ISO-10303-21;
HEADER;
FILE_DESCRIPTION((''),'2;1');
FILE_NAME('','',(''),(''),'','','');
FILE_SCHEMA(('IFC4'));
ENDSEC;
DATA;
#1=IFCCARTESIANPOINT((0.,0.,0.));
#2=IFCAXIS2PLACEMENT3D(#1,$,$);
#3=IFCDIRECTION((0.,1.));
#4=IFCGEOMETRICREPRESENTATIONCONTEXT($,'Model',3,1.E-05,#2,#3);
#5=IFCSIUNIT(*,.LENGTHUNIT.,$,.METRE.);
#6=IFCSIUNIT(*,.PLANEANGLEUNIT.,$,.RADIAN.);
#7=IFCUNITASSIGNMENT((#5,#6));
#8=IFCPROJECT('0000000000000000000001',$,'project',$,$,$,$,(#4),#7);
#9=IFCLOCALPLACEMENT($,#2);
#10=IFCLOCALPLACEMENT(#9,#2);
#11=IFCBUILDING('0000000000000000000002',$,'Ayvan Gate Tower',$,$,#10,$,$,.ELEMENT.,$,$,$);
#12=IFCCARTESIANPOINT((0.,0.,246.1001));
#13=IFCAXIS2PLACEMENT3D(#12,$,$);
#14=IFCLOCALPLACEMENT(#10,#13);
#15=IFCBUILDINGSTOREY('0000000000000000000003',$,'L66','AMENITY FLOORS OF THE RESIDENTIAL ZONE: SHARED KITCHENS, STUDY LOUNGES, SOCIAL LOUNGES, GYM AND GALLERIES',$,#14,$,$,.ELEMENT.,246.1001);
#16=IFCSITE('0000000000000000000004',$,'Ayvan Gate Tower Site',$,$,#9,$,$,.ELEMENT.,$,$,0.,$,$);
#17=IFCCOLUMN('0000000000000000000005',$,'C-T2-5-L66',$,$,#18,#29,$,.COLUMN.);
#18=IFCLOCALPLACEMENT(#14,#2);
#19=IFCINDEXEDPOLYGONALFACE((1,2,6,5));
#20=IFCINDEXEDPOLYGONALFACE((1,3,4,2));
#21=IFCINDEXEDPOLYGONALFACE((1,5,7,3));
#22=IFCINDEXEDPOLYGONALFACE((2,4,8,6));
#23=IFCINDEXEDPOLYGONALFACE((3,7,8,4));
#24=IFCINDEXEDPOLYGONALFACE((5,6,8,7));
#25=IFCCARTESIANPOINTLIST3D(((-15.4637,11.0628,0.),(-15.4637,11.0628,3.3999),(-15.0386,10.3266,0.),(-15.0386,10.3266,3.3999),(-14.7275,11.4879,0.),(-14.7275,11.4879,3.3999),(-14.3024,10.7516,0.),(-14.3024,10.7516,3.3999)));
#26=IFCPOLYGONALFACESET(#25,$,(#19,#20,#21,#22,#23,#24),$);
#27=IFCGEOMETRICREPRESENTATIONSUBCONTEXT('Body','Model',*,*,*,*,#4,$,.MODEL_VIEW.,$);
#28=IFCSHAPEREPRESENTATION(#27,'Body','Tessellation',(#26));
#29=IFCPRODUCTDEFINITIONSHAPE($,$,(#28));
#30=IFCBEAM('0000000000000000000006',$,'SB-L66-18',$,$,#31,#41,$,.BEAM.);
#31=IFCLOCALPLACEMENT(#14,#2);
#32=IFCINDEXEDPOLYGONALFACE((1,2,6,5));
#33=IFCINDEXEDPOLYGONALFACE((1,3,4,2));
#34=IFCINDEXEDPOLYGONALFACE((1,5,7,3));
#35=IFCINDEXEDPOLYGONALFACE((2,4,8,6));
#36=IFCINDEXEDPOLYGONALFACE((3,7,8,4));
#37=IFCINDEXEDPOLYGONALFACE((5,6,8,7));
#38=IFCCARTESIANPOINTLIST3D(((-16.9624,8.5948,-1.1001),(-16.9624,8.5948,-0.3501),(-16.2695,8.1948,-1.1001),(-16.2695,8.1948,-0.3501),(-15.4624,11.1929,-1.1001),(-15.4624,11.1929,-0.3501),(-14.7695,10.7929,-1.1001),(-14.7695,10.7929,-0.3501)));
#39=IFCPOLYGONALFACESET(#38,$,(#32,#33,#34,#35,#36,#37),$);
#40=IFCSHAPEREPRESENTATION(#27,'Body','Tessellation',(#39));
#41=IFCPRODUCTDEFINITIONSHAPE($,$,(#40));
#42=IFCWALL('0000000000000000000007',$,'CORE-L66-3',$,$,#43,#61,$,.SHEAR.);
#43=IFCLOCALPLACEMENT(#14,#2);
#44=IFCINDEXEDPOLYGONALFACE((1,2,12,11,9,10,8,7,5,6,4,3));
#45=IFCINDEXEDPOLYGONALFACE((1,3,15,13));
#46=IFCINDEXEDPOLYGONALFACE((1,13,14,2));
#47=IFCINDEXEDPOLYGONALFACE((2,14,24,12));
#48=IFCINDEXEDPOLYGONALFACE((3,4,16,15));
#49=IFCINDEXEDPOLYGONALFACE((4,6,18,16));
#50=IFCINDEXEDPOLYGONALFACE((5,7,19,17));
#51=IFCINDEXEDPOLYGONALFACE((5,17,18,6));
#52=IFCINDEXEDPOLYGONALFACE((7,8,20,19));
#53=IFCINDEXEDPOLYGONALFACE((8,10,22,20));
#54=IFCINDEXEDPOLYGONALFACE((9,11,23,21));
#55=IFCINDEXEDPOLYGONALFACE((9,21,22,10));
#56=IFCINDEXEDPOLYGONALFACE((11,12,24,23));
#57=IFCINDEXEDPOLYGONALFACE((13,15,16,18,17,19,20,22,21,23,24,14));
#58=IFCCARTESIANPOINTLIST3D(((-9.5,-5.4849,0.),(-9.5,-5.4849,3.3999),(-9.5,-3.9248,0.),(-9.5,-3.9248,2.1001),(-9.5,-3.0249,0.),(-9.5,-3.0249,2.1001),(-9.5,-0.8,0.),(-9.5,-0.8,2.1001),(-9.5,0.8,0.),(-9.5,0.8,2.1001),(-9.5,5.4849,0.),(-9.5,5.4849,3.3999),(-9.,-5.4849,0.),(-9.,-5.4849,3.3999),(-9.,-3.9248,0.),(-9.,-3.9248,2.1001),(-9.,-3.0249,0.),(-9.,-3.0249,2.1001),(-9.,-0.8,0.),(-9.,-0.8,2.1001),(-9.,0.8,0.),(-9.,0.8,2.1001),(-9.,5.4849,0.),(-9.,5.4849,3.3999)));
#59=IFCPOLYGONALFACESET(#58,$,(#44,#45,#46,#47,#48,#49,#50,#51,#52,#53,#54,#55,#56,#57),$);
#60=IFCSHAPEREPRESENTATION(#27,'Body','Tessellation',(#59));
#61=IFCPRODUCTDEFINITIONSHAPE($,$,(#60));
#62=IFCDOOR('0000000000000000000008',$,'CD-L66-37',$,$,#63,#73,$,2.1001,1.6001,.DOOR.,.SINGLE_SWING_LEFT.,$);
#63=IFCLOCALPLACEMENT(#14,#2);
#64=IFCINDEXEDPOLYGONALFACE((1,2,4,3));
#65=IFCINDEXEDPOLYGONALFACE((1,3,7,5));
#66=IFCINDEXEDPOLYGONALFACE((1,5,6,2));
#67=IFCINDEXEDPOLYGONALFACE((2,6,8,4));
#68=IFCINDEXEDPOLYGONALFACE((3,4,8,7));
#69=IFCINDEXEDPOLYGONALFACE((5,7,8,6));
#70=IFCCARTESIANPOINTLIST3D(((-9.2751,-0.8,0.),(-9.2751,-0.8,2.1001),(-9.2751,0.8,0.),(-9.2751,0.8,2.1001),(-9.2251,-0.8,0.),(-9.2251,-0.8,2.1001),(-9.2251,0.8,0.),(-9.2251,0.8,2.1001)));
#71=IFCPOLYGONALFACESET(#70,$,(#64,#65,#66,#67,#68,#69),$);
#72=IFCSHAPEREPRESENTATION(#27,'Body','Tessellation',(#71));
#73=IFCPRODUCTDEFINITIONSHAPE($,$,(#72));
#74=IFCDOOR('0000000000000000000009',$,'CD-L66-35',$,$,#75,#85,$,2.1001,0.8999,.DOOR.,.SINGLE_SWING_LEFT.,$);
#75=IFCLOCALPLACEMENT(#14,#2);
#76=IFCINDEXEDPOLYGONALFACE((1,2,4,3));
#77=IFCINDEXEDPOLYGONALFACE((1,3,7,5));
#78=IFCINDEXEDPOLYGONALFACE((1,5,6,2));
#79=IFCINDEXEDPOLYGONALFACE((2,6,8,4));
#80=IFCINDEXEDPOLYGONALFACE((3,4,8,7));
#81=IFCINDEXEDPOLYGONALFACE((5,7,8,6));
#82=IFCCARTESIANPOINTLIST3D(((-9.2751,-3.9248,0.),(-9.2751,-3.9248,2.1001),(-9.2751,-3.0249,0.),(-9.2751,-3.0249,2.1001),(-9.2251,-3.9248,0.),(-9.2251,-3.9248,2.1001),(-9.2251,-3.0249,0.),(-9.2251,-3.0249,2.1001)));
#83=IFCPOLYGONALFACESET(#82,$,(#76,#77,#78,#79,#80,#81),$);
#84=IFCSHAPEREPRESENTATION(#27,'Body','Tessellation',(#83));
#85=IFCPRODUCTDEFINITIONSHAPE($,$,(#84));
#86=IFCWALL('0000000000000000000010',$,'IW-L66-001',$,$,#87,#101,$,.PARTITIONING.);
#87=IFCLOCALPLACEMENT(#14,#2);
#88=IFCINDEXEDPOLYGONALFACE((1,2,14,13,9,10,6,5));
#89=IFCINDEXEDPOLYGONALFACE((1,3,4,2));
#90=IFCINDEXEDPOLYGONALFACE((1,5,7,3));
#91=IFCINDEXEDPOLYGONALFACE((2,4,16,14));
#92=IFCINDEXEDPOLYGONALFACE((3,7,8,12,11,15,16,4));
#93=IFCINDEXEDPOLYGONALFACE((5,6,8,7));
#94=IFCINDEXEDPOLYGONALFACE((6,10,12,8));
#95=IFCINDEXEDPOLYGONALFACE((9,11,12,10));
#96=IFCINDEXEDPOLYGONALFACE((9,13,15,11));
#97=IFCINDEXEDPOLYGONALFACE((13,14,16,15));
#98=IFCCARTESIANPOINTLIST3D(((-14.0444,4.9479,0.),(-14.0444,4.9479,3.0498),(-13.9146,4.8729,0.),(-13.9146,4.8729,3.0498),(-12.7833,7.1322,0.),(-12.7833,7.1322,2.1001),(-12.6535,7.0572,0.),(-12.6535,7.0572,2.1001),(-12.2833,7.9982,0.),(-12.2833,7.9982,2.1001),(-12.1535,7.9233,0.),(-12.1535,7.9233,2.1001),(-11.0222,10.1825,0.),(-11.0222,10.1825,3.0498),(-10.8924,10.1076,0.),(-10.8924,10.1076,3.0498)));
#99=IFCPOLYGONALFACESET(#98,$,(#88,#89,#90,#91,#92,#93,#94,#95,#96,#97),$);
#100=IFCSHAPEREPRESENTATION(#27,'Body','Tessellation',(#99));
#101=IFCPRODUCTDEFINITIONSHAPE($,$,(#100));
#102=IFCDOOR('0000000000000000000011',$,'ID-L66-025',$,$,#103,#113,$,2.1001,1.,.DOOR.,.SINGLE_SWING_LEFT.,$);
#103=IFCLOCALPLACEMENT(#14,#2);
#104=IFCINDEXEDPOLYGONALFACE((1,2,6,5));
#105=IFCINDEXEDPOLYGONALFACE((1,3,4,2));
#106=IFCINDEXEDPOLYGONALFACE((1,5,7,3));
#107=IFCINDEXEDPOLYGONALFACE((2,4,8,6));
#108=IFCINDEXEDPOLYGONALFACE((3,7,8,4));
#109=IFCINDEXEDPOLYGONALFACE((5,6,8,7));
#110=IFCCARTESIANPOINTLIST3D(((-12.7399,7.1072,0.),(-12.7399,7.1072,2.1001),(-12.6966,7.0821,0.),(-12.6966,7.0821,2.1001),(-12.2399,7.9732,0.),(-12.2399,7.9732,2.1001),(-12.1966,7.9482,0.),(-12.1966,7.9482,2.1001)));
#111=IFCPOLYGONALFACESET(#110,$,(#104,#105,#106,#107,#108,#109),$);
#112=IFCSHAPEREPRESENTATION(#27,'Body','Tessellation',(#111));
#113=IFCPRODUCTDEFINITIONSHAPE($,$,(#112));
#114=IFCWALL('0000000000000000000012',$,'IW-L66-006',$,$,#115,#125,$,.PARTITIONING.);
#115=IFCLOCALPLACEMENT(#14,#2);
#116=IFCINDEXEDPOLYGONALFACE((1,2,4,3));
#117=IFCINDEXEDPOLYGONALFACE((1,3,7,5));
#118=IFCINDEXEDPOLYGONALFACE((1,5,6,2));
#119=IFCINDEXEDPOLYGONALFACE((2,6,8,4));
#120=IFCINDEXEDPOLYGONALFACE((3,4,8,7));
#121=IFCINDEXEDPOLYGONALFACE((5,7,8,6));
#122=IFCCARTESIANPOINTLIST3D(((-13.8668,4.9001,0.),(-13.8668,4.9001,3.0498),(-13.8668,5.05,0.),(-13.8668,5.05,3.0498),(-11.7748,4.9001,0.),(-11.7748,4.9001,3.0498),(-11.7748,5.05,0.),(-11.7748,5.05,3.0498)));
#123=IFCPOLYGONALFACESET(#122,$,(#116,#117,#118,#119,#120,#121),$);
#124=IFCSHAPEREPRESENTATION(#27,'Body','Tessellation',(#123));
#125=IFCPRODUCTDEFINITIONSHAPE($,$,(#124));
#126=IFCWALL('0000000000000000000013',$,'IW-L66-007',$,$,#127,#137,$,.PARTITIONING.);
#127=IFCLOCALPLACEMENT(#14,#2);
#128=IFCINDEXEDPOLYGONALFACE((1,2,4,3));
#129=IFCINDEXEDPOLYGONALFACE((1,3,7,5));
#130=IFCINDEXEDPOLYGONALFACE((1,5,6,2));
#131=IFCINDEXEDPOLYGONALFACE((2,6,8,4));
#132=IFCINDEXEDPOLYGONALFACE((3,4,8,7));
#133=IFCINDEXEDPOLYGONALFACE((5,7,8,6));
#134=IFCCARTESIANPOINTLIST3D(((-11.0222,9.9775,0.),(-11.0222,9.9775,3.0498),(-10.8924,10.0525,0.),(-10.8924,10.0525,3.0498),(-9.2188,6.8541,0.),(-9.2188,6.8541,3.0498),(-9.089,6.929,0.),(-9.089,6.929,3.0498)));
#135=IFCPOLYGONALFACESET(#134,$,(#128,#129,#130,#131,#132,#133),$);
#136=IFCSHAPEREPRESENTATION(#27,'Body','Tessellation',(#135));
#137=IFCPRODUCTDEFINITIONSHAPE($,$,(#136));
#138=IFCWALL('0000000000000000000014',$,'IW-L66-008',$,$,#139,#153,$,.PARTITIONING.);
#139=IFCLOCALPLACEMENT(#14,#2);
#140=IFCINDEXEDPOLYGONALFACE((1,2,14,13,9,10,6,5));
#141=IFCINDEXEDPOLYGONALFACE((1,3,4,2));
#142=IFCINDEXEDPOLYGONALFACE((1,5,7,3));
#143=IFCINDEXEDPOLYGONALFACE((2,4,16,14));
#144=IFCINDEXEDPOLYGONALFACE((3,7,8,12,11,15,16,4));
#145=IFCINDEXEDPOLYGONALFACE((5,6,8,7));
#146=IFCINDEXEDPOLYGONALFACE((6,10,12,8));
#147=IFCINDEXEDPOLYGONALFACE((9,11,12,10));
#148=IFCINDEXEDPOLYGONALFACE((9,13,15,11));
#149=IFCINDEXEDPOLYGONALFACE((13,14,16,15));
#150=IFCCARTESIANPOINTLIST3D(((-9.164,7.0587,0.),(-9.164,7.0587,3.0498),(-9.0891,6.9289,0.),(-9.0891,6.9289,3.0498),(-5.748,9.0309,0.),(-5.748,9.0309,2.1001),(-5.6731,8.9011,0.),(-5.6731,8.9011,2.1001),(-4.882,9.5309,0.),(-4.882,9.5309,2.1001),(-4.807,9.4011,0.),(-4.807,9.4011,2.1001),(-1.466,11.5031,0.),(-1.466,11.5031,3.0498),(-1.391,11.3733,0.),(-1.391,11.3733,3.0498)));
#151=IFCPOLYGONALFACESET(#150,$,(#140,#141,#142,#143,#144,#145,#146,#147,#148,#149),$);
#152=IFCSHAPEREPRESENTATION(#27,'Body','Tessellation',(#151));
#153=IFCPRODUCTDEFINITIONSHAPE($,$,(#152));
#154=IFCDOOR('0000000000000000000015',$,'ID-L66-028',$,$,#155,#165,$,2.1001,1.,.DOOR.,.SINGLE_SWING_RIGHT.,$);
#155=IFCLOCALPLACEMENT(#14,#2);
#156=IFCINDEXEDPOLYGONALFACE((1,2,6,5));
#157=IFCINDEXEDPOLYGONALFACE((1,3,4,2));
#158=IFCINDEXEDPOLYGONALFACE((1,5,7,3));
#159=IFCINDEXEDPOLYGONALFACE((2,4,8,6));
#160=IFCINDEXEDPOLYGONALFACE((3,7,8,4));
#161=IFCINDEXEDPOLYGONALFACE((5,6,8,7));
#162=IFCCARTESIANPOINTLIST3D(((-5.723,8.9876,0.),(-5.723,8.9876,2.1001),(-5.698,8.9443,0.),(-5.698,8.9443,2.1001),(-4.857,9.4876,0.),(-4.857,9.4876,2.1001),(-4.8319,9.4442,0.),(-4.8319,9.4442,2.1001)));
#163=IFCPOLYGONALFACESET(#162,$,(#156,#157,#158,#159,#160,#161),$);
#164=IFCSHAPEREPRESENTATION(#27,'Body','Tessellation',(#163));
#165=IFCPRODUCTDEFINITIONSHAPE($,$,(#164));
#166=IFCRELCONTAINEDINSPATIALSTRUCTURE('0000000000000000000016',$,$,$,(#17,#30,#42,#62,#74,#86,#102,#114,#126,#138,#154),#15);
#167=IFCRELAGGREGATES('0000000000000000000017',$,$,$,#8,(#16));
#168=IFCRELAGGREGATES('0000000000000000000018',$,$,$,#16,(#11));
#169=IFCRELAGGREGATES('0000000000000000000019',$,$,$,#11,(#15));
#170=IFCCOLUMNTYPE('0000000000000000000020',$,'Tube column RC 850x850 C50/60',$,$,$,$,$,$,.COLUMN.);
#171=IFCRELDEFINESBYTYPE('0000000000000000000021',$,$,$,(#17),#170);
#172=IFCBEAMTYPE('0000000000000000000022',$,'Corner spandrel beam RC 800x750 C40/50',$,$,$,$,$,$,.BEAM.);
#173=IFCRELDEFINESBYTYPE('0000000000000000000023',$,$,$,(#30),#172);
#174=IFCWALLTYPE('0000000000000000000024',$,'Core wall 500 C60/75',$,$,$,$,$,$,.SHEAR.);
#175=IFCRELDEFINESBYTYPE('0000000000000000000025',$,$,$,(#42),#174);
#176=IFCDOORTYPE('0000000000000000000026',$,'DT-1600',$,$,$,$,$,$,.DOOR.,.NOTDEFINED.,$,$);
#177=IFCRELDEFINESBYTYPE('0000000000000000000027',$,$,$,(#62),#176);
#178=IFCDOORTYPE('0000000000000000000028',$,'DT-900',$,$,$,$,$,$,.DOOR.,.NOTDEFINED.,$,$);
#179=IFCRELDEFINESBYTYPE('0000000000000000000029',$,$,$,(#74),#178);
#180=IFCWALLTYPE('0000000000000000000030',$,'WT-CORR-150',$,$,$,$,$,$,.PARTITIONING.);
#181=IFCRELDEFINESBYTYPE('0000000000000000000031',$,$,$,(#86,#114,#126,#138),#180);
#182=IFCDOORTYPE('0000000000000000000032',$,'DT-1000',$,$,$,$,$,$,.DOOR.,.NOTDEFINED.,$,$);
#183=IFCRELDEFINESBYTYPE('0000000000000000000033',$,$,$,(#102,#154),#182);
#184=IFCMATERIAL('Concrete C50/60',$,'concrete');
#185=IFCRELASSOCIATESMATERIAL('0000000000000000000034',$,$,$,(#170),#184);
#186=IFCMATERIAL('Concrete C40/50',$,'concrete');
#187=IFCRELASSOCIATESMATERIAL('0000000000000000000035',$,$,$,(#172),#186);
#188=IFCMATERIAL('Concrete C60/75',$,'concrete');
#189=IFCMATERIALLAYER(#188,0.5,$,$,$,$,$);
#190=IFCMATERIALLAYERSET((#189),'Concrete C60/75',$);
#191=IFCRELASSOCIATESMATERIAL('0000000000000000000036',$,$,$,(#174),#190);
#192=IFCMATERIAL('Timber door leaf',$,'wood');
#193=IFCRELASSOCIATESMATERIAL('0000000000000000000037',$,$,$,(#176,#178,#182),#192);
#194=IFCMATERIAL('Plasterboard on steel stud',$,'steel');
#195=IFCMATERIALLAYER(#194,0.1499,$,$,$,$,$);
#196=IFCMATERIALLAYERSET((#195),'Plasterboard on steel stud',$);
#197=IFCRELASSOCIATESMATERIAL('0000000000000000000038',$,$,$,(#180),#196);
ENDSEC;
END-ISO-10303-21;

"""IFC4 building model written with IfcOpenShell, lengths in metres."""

from ifc_helpers import new_model, si_unit, direction, frame, frame_2d, origin, origin_2d, place, context, subcontext, project, spatial, rectangle, extrude, material, layer, layer_set, material_profile, profile_set, type_object, element, fill, save


model = new_model("IFC4")

# Units and contexts
model_context = context("Model", 3, precision=1e-05, world=origin(), true_north=direction((0.0, 1.0)))
body_context = subcontext(model_context, "Body", "Model", "MODEL_VIEW")
ifc_project = project(units=[si_unit("LENGTHUNIT", "METRE"), si_unit("PLANEANGLEUNIT", "RADIAN")], contexts=[model_context])

# Site, building, storey
site_placement = place(None, origin())
site = spatial("IfcSite", under=ifc_project, at=site_placement, Name="Ayvan Gate Tower Site", CompositionType="ELEMENT", RefElevation=0.0)
building_placement = place(site_placement, origin())
building = spatial("IfcBuilding", under=site, at=building_placement, Name="Ayvan Gate Tower", CompositionType="ELEMENT")
storey_placement = place(building_placement, frame((0.0, 0.0, 246.1001)))
storey = spatial("IfcBuildingStorey", under=building, at=storey_placement, Name="L66", Description="AMENITY FLOORS OF THE RESIDENTIAL ZONE: SHARED KITCHENS, STUDY LOUNGES, SOCIAL LOUNGES, GYM AND GALLERIES", CompositionType="ELEMENT", Elevation=246.1001)

# Column
ifc_material_1 = material(Name="Concrete C50/60", Category="concrete")
ifc_material_profile_1 = material_profile(ifc_material_1, rectangle(XDim=0.8501, YDim=0.8501, at=origin_2d()), Name="RC 850x850")
ifc_profile_set_1 = profile_set([ifc_material_profile_1], Name="Concrete C50/60")
column_type = type_object("IfcColumnType", Name="Tube column RC 850x850 C50/60", PredefinedType="COLUMN", material=ifc_profile_set_1)
column_placement = place(storey_placement, frame((-14.8831, 10.9072, 0.0), z_axis=(0.0, 0.0, 1.0), x_axis=(-0.5, 0.866025, 0.0)))
element("IfcColumn", 1, at=column_placement, inside=storey, type_object=column_type, Name="C-T2-5-L66", PredefinedType="COLUMN", context=body_context, shape_type="SweptSolid", body=[
    extrude(rectangle(XDim=0.8501, YDim=0.8501, at=origin_2d()), origin(), (0.0, 0.0, 1.0), 3.3999),
])

# Beam
ifc_material_2 = material(Name="Concrete C40/50", Category="concrete")
ifc_material_profile_2 = material_profile(ifc_material_2, rectangle(XDim=0.8, YDim=0.75, at=origin_2d()), Name="RC 800x750")
ifc_profile_set_2 = profile_set([ifc_material_profile_2], Name="Concrete C40/50")
beam_type = type_object("IfcBeamType", Name="Corner spandrel beam RC 800x750 C40/50", PredefinedType="BEAM", material=ifc_profile_set_2)
beam_placement = place(storey_placement, frame((-15.116, 10.9929, -0.7251), z_axis=(-0.49999, -0.866031, 0.0), x_axis=(0.866031, -0.49999, 0.0)))
element("IfcBeam", 2, at=beam_placement, inside=storey, type_object=beam_type, Name="SB-L66-18", PredefinedType="BEAM", context=body_context, shape_type="SweptSolid", body=[
    extrude(rectangle(XDim=0.8, YDim=0.75, at=origin_2d()), origin(), (0.0, 0.0, 1.0), 3.0),
])

# Wall, openings, doors
ifc_material_3 = material(Name="Concrete C60/75", Category="concrete")
ifc_layer_1 = layer(ifc_material_3, 0.5)
ifc_layer_set_1 = layer_set([ifc_layer_1], Name="Concrete C60/75")
wall_type_1 = type_object("IfcWallType", Name="Core wall 500 C60/75", PredefinedType="SHEAR", material=ifc_layer_set_1)
wall_1_placement = place(storey_placement, frame((-9.25, 5.4849, 0.0), z_axis=(0.0, 0.0, 1.0), x_axis=(0.0, -1.0, 0.0)))
wall_1 = element("IfcWall", 3, at=wall_1_placement, inside=storey, type_object=wall_type_1, Name="CORE-L66-3", PredefinedType="SHEAR", context=body_context, shape_type="SweptSolid", body=[
    extrude(rectangle(XDim=10.9697, YDim=0.5, at=frame_2d((5.4849, 0.0))), origin(), (0.0, 0.0, 1.0), 3.3999),
])
opening_1_placement = place(wall_1_placement, frame((8.5098, 0.0, 0.0)))
opening_1 = element("IfcOpeningElement", 4, at=opening_1_placement, cuts=wall_1, PredefinedType="OPENING", context=body_context, shape_type="SweptSolid", body=[
    extrude(rectangle(XDim=0.8999, YDim=2.1001, at=frame_2d((0.45, 1.05))), frame((0.0, 0.26, 0.0), z_axis=(0.0, -1.0, 0.0), x_axis=(1.0, 0.0, 0.0)), (0.0, 0.0, 1.0), 0.52),
])
opening_2_placement = place(wall_1_placement, frame((4.6848, 0.0, 0.0)))
opening_2 = element("IfcOpeningElement", 5, at=opening_2_placement, cuts=wall_1, PredefinedType="OPENING", context=body_context, shape_type="SweptSolid", body=[
    extrude(rectangle(XDim=1.6001, YDim=2.1001, at=frame_2d((0.8, 1.05))), frame((0.0, 0.26, 0.0), z_axis=(0.0, -1.0, 0.0), x_axis=(1.0, 0.0, 0.0)), (0.0, 0.0, 1.0), 0.52),
])
ifc_material_4 = material(Name="Timber door leaf", Category="wood")
door_type_1 = type_object("IfcDoorType", Name="DT-1600", OperationType="NOTDEFINED", PredefinedType="DOOR", material=ifc_material_4)
door_1_placement = place(opening_2_placement, origin())
door_1 = element("IfcDoor", 6, at=door_1_placement, inside=storey, type_object=door_type_1, Name="CD-L66-37", OperationType="SINGLE_SWING_LEFT", OverallHeight=2.1001, OverallWidth=1.6001, PredefinedType="DOOR", context=body_context, shape_type="SweptSolid", body=[
    extrude(rectangle(XDim=1.6001, YDim=2.1001, at=frame_2d((0.8, 1.05))), frame((0.0, 0.0249, 0.0), z_axis=(0.0, -1.0, 0.0), x_axis=(1.0, 0.0, 0.0)), (0.0, 0.0, 1.0), 0.05),
])
fill(opening_2, door_1)
door_type_2 = type_object("IfcDoorType", Name="DT-900", OperationType="NOTDEFINED", PredefinedType="DOOR", material=ifc_material_4)
door_2_placement = place(opening_1_placement, origin())
door_2 = element("IfcDoor", 7, at=door_2_placement, inside=storey, type_object=door_type_2, Name="CD-L66-35", OperationType="SINGLE_SWING_LEFT", OverallHeight=2.1001, OverallWidth=0.8999, PredefinedType="DOOR", context=body_context, shape_type="SweptSolid", body=[
    extrude(rectangle(XDim=0.8999, YDim=2.1001, at=frame_2d((0.45, 1.05))), frame((0.0, 0.0249, 0.0), z_axis=(0.0, -1.0, 0.0), x_axis=(1.0, 0.0, 0.0)), (0.0, 0.0, 1.0), 0.05),
])
fill(opening_1, door_2)

# Wall, opening, door
ifc_material_5 = material(Name="Plasterboard on steel stud", Category="steel")
ifc_layer_2 = layer(ifc_material_5, 0.1499)
ifc_layer_set_2 = layer_set([ifc_layer_2], Name="Plasterboard on steel stud")
wall_type_2 = type_object("IfcWallType", Name="WT-CORR-150", PredefinedType="PARTITIONING", material=ifc_layer_set_2)
wall_2_placement = place(storey_placement, frame((-13.9795, 4.9104, 0.0), z_axis=(0.0, 0.0, 1.0), x_axis=(0.500001, 0.866025, 0.0)))
wall_2 = element("IfcWall", 8, at=wall_2_placement, inside=storey, type_object=wall_type_2, Name="IW-L66-001", PredefinedType="PARTITIONING", context=body_context, shape_type="SweptSolid", body=[
    extrude(rectangle(XDim=6.0444, YDim=0.1499, at=frame_2d((3.0222, 0.0))), origin(), (0.0, 0.0, 1.0), 3.0498),
])
opening_3_placement = place(wall_2_placement, frame((2.5222, 0.0, 0.0)))
opening_3 = element("IfcOpeningElement", 9, at=opening_3_placement, cuts=wall_2, PredefinedType="OPENING", context=body_context, shape_type="SweptSolid", body=[
    extrude(rectangle(XDim=1.0, YDim=2.1001, at=frame_2d((0.5, 1.05))), frame((0.0, 0.085, 0.0), z_axis=(0.0, -1.0, 0.0), x_axis=(1.0, 0.0, 0.0)), (0.0, 0.0, 1.0), 0.1699),
])
door_type_3 = type_object("IfcDoorType", Name="DT-1000", OperationType="NOTDEFINED", PredefinedType="DOOR", material=ifc_material_4)
door_3_placement = place(opening_3_placement, origin())
door_3 = element("IfcDoor", 10, at=door_3_placement, inside=storey, type_object=door_type_3, Name="ID-L66-025", OperationType="SINGLE_SWING_LEFT", OverallHeight=2.1001, OverallWidth=1.0, PredefinedType="DOOR", context=body_context, shape_type="SweptSolid", body=[
    extrude(rectangle(XDim=1.0, YDim=2.1001, at=frame_2d((0.5, 1.05))), frame((0.0, 0.0249, 0.0), z_axis=(0.0, -1.0, 0.0), x_axis=(1.0, 0.0, 0.0)), (0.0, 0.0, 1.0), 0.05),
])
fill(opening_3, door_3)

# Walls
wall_3_placement = place(storey_placement, frame((-11.7749, 4.9751, 0.0), z_axis=(0.0, 0.0, 1.0), x_axis=(-1.0, 0.0, 0.0)))
element("IfcWall", 11, at=wall_3_placement, inside=storey, type_object=wall_type_2, Name="IW-L66-006", PredefinedType="PARTITIONING", context=body_context, shape_type="SweptSolid", body=[
    extrude(rectangle(XDim=2.092, YDim=0.1499, at=frame_2d((1.0459, 0.0))), origin(), (0.0, 0.0, 1.0), 3.0498),
])
wall_4_placement = place(storey_placement, frame((-10.9573, 10.0149, 0.0), z_axis=(0.0, 0.0, 1.0), x_axis=(0.500019, -0.866014, 0.0)))
element("IfcWall", 12, at=wall_4_placement, inside=storey, type_object=wall_type_2, Name="IW-L66-007", PredefinedType="PARTITIONING", context=body_context, shape_type="SweptSolid", body=[
    extrude(rectangle(XDim=3.6067, YDim=0.1499, at=frame_2d((1.8032, 0.0))), origin(), (0.0, 0.0, 1.0), 3.0498),
])

# Wall, opening, door
wall_5_placement = place(storey_placement, frame((-9.1265, 6.9939, 0.0), z_axis=(0.0, 0.0, 1.0), x_axis=(0.866031, 0.499991, 0.0)))
wall_5 = element("IfcWall", 13, at=wall_5_placement, inside=storey, type_object=wall_type_2, Name="IW-L66-008", PredefinedType="PARTITIONING", context=body_context, shape_type="SweptSolid", body=[
    extrude(rectangle(XDim=8.8889, YDim=0.1499, at=frame_2d((4.4443, 0.0))), origin(), (0.0, 0.0, 1.0), 3.0498),
])
opening_4_placement = place(wall_5_placement, frame((3.9443, 0.0, 0.0)))
opening_4 = element("IfcOpeningElement", 14, at=opening_4_placement, cuts=wall_5, PredefinedType="OPENING", context=body_context, shape_type="SweptSolid", body=[
    extrude(rectangle(XDim=1.0, YDim=2.1001, at=frame_2d((0.5, 1.05))), frame((0.0, 0.085, 0.0), z_axis=(0.0, -1.0, 0.0), x_axis=(1.0, 0.0, 0.0)), (0.0, 0.0, 1.0), 0.1699),
])
door_4_placement = place(opening_4_placement, origin())
door_4 = element("IfcDoor", 15, at=door_4_placement, inside=storey, type_object=door_type_3, Name="ID-L66-028", OperationType="SINGLE_SWING_RIGHT", OverallHeight=2.1001, OverallWidth=1.0, PredefinedType="DOOR", context=body_context, shape_type="SweptSolid", body=[
    extrude(rectangle(XDim=1.0, YDim=2.1001, at=frame_2d((0.5, 1.05))), frame((0.0, 0.0249, 0.0), z_axis=(0.0, -1.0, 0.0), x_axis=(1.0, 0.0, 0.0)), (0.0, 0.0, 1.0), 0.05),
])
fill(opening_4, door_4)

save(model, "model.ifc")
